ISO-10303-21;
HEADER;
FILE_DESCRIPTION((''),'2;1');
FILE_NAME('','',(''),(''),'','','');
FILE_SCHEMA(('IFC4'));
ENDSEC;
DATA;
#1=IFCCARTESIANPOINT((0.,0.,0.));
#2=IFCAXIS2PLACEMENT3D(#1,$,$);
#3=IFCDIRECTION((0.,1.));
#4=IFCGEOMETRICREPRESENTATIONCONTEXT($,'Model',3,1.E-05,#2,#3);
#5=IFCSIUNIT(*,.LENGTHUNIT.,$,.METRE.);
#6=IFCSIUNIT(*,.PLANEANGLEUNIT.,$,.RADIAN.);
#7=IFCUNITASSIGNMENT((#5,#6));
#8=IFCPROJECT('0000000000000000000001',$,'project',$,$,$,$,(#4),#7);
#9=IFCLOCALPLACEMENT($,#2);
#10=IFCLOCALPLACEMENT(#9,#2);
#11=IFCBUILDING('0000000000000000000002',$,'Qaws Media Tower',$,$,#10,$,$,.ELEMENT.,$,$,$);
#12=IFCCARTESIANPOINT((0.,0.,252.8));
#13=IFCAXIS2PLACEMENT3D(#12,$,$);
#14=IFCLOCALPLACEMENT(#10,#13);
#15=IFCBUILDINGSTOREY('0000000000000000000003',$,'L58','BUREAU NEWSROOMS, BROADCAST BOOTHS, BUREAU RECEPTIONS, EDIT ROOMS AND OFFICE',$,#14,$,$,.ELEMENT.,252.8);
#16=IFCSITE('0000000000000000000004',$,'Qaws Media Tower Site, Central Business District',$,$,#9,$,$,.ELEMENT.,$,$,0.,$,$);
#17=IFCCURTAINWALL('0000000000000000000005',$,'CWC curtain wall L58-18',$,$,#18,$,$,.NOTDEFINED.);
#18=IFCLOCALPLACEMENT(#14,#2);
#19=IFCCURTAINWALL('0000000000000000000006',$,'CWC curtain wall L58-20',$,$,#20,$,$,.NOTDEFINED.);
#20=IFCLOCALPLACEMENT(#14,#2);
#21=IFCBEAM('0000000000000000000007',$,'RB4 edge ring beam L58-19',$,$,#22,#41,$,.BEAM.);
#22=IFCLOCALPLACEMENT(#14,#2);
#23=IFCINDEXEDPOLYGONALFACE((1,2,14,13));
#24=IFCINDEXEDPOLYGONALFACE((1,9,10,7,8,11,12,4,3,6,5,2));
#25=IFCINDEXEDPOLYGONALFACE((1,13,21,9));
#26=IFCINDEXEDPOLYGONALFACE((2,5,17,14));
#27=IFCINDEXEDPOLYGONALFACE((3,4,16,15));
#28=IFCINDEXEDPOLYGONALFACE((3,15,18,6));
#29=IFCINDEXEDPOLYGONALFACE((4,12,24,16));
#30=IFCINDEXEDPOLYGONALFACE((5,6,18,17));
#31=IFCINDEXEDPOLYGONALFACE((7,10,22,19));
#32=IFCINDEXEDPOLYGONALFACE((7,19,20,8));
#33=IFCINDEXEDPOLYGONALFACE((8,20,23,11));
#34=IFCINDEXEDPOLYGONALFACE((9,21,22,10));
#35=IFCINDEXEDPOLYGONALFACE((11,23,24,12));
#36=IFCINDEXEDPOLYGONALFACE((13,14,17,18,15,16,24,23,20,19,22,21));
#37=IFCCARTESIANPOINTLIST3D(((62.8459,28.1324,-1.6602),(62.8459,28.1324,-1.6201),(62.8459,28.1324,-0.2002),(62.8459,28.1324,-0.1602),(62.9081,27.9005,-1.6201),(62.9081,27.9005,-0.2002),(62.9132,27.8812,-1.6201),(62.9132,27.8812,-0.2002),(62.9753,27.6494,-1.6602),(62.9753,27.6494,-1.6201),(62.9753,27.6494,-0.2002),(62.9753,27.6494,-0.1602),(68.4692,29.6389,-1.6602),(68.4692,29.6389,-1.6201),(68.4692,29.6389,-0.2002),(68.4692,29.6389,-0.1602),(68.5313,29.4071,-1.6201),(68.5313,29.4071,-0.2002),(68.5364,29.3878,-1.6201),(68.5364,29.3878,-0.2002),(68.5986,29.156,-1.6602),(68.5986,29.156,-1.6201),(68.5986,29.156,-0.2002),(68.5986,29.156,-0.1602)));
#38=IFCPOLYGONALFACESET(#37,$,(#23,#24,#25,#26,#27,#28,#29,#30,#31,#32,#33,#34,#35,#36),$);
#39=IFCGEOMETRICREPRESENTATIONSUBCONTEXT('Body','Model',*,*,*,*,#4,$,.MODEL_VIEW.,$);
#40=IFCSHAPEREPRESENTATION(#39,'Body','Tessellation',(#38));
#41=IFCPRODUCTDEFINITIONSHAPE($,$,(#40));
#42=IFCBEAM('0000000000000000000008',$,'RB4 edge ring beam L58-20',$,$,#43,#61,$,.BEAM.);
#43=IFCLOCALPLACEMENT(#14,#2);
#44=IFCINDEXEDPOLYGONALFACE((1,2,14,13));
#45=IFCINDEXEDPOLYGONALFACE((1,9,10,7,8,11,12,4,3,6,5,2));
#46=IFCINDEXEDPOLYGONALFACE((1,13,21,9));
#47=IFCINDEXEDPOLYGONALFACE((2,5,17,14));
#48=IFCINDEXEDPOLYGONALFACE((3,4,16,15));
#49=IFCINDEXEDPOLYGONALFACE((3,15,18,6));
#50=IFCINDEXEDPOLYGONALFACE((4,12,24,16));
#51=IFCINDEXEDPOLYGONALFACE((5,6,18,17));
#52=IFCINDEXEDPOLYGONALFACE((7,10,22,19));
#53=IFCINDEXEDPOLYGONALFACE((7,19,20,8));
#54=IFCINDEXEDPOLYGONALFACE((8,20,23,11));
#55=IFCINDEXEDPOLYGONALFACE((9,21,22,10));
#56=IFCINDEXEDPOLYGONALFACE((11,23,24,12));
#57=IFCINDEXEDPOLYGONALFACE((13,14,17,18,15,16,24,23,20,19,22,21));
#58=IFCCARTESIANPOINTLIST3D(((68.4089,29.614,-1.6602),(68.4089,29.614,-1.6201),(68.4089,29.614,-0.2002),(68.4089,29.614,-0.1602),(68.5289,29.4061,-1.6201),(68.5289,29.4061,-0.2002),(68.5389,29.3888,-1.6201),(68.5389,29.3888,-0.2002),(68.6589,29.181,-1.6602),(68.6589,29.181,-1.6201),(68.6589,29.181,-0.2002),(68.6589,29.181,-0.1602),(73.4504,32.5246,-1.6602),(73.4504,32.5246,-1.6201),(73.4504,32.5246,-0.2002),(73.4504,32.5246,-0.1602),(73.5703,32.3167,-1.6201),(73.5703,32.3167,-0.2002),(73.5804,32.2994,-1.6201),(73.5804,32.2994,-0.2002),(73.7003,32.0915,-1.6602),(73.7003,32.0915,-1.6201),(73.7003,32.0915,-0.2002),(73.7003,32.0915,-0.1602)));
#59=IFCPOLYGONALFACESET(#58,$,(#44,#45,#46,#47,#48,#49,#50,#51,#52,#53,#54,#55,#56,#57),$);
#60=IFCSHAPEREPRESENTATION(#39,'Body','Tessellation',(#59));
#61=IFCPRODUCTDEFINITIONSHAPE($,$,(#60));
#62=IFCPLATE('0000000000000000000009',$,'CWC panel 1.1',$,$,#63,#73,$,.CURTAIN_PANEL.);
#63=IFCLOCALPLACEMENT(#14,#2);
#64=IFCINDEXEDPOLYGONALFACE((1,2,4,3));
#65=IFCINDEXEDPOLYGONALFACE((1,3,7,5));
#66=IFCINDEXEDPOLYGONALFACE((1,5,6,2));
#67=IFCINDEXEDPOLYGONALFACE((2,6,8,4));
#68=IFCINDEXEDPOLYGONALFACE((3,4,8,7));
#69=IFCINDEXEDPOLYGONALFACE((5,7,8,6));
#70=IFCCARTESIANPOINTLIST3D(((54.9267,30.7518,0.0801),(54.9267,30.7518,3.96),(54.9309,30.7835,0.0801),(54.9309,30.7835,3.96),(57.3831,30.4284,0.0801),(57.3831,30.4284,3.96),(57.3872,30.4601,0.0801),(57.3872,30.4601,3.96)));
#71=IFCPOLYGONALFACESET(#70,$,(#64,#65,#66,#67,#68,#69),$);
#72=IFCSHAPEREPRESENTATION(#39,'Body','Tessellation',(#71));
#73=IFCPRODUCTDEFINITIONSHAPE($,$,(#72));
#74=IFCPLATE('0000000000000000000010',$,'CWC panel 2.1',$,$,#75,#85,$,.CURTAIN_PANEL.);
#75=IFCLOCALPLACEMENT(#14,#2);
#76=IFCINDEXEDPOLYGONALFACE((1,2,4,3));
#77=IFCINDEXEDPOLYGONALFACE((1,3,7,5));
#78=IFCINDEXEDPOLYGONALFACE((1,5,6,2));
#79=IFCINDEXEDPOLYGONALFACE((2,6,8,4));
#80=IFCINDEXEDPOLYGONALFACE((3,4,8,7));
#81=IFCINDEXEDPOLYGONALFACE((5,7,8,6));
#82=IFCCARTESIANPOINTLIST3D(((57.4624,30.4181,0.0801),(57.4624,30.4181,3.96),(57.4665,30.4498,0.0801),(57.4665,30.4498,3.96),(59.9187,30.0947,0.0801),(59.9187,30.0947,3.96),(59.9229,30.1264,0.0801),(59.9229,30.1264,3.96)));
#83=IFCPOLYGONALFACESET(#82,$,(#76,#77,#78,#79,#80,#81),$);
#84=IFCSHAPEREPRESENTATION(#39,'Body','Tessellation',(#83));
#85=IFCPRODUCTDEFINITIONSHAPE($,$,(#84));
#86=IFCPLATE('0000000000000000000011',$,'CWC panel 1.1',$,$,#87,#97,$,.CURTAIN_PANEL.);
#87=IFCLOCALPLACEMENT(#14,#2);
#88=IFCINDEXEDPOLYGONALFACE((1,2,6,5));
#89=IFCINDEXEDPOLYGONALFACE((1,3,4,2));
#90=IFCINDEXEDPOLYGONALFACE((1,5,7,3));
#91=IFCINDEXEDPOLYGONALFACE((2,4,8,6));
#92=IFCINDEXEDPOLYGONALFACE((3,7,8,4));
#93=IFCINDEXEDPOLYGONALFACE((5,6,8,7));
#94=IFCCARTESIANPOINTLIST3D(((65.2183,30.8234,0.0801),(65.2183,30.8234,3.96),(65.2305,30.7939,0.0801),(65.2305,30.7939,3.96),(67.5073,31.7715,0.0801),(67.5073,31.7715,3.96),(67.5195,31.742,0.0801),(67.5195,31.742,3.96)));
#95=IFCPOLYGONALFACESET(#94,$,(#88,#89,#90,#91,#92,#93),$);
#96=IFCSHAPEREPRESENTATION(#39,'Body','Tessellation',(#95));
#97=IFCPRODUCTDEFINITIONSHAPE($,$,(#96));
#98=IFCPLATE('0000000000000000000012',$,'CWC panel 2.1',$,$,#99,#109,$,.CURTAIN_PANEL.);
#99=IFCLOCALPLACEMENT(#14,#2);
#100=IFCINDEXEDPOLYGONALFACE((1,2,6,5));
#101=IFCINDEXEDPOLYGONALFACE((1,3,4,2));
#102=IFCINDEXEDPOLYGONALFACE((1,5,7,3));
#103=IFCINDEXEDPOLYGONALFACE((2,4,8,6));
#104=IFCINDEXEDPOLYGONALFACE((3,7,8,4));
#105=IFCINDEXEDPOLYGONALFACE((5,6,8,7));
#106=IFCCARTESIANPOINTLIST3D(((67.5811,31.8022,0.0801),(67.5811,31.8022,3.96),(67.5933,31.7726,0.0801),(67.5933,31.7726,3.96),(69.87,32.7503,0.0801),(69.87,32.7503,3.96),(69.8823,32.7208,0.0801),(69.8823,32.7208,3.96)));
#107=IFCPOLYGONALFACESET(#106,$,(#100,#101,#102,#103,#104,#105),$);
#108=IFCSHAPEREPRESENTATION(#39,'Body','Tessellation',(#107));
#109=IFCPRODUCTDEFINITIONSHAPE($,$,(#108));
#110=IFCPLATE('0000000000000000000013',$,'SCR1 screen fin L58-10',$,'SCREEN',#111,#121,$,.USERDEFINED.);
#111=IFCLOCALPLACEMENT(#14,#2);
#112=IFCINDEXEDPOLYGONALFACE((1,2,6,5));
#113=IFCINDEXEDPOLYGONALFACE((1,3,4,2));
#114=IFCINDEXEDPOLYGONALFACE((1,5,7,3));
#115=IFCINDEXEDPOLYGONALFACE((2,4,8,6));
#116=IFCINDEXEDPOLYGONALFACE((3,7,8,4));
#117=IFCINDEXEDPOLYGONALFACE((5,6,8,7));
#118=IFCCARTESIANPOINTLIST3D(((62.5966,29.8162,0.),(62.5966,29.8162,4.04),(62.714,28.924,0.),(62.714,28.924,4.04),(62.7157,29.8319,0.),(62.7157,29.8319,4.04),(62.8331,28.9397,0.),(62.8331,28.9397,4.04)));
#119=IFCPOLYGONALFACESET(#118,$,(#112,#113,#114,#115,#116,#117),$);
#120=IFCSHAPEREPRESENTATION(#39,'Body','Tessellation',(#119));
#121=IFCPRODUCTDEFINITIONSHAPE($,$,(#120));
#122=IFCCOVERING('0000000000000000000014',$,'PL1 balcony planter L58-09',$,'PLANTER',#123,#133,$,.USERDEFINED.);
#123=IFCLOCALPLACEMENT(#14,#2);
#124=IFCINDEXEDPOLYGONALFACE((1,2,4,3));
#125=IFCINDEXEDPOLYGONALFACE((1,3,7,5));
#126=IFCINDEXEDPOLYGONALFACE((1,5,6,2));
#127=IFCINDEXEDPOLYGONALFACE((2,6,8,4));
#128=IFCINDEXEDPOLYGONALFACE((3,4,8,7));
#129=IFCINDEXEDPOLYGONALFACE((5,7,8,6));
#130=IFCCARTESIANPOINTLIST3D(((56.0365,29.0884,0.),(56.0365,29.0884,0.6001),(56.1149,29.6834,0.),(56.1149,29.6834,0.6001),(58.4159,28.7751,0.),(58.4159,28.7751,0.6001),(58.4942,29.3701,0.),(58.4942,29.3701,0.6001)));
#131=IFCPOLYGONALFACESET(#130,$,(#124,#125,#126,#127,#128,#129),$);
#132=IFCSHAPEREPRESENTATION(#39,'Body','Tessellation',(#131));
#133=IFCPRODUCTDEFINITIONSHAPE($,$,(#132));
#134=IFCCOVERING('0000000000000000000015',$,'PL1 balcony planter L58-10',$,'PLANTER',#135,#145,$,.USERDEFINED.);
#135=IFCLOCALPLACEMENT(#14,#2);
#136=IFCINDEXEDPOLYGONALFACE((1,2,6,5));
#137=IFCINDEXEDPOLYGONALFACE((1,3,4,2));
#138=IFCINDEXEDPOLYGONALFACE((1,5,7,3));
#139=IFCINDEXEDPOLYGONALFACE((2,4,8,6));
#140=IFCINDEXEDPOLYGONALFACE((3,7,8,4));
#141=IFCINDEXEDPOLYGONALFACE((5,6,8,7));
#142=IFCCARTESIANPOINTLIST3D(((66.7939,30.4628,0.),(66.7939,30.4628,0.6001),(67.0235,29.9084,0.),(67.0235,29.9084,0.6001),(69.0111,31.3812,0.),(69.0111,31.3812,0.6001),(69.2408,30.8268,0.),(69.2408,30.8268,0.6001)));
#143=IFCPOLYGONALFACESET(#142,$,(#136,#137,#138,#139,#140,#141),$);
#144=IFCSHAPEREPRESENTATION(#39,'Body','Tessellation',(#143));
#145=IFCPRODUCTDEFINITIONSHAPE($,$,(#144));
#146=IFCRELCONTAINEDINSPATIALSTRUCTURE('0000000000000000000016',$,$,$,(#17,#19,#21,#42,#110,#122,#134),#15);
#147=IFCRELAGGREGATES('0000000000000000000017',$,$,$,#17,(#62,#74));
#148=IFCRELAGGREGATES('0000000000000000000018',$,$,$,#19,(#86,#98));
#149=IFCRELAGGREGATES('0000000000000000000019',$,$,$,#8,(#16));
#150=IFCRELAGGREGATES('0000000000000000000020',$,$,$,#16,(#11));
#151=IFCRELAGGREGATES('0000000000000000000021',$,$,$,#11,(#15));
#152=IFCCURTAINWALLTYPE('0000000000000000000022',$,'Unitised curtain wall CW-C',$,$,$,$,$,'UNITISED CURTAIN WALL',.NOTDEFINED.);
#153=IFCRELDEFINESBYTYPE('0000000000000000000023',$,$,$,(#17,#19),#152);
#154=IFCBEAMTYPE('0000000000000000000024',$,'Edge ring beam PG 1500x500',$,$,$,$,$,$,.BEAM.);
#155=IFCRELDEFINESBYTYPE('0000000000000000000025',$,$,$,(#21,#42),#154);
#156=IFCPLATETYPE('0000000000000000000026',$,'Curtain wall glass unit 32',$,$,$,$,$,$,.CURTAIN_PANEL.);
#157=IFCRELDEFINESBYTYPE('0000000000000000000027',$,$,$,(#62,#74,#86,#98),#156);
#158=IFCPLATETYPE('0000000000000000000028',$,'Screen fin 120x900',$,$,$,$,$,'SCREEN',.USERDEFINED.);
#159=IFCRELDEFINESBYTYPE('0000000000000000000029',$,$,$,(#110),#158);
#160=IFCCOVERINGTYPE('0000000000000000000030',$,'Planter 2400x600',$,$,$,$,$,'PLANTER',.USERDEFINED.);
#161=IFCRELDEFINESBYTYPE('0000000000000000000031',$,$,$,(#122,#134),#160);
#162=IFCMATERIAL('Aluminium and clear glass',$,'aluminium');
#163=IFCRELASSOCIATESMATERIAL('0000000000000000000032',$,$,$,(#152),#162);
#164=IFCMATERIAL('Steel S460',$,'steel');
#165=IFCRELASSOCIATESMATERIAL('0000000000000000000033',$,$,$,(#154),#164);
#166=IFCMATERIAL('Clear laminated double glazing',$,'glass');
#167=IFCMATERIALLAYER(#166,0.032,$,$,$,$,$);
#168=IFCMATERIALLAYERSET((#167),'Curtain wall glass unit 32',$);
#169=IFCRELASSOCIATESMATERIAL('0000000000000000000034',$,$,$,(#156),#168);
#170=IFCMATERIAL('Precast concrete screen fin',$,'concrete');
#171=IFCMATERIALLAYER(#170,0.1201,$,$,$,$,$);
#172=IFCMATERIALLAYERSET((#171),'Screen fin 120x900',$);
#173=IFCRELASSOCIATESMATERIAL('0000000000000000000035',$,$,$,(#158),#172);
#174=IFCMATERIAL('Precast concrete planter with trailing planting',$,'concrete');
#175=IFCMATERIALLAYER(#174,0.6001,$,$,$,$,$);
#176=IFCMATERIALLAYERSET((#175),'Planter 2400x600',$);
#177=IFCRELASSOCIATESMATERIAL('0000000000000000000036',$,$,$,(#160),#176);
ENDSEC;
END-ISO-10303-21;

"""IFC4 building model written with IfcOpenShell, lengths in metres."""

from ifc_helpers import new_model, si_unit, direction, frame, origin, origin_2d, place, context, subcontext, project, spatial, rectangle, i_section, extrude, material, layer, layer_set, material_profile, profile_set, type_object, element, aggregate, save


model = new_model("IFC4")

# Units and contexts
model_context = context("Model", 3, precision=1e-05, world=origin(), true_north=direction((0.0, 1.0)))
body_context = subcontext(model_context, "Body", "Model", "MODEL_VIEW")
ifc_project = project(units=[si_unit("LENGTHUNIT", "METRE"), si_unit("PLANEANGLEUNIT", "RADIAN")], contexts=[model_context])

# Site, building, storey
site_placement = place(None, origin())
site = spatial("IfcSite", under=ifc_project, at=site_placement, Name="Qaws Media Tower Site, Central Business District", CompositionType="ELEMENT", RefElevation=0.0)
building_placement = place(site_placement, origin())
building = spatial("IfcBuilding", under=site, at=building_placement, Name="Qaws Media Tower", CompositionType="ELEMENT")
storey_placement = place(building_placement, frame((0.0, 0.0, 252.8)))
storey = spatial("IfcBuildingStorey", under=building, at=storey_placement, Name="L58", Description="BUREAU NEWSROOMS, BROADCAST BOOTHS, BUREAU RECEPTIONS, EDIT ROOMS AND OFFICE", CompositionType="ELEMENT", Elevation=252.8)

# Curtain walls
ifc_material_1 = material(Name="Aluminium and clear glass", Category="aluminium")
curtain_wall_type = type_object("IfcCurtainWallType", Name="Unitised curtain wall CW-C", ElementType="UNITISED CURTAIN WALL", PredefinedType="NOTDEFINED", material=ifc_material_1)
curtain_wall_1_placement = place(storey_placement, origin())
curtain_wall_1 = element("IfcCurtainWall", 1, at=curtain_wall_1_placement, inside=storey, type_object=curtain_wall_type, Name="CWC curtain wall L58-18", PredefinedType="NOTDEFINED")
curtain_wall_2_placement = place(storey_placement, origin())
curtain_wall_2 = element("IfcCurtainWall", 2, at=curtain_wall_2_placement, inside=storey, type_object=curtain_wall_type, Name="CWC curtain wall L58-20", PredefinedType="NOTDEFINED")

# Beams
ifc_material_2 = material(Name="Steel S460", Category="steel")
ifc_material_profile_1 = material_profile(ifc_material_2, i_section(OverallWidth=0.5, OverallDepth=1.5, WebThickness=0.02, FlangeThickness=0.04, at=origin_2d()), Name="PG 1500x500")
ifc_profile_set_1 = profile_set([ifc_material_profile_1], Name="Steel S460")
beam_type = type_object("IfcBeamType", Name="Edge ring beam PG 1500x500", PredefinedType="BEAM", material=ifc_profile_set_1)
beam_1_placement = place(storey_placement, frame((62.9106, 27.8909, -0.9102), z_axis=(0.965933, 0.258793, 0.0), x_axis=(-0.258793, 0.965933, 0.0)))
element("IfcBeam", 3, at=beam_1_placement, inside=storey, type_object=beam_type, Name="RB4 edge ring beam L58-19", PredefinedType="BEAM", context=body_context, shape_type="SweptSolid", body=[
    extrude(i_section(OverallWidth=0.5, OverallDepth=1.5, WebThickness=0.02, FlangeThickness=0.04, at=origin_2d()), origin(), (0.0, 0.0, 1.0), 5.8215),
])
beam_2_placement = place(storey_placement, frame((68.5339, 29.3975, -0.9102), z_axis=(0.866031, 0.499991, 0.0), x_axis=(-0.499991, 0.866031, 0.0)))
element("IfcBeam", 4, at=beam_2_placement, inside=storey, type_object=beam_type, Name="RB4 edge ring beam L58-20", PredefinedType="BEAM", context=body_context, shape_type="SweptSolid", body=[
    extrude(i_section(OverallWidth=0.5, OverallDepth=1.5, WebThickness=0.02, FlangeThickness=0.04, at=origin_2d()), origin(), (0.0, 0.0, 1.0), 5.8213),
])

# Plates
ifc_material_3 = material(Name="Clear laminated double glazing", Category="glass")
ifc_layer_1 = layer(ifc_material_3, 0.032)
ifc_layer_set_1 = layer_set([ifc_layer_1], Name="Curtain wall glass unit 32")
plate_type_1 = type_object("IfcPlateType", Name="Curtain wall glass unit 32", PredefinedType="CURTAIN_PANEL", material=ifc_layer_set_1)
plate_1_placement = place(storey_placement, frame((56.157, 30.606, 0.0801), z_axis=(0.0, 0.0, 1.0), x_axis=(0.991445, -0.130526, 0.0)))
plate_1 = element("IfcPlate", 5, at=plate_1_placement, type_object=plate_type_1, Name="CWC panel 1.1", PredefinedType="CURTAIN_PANEL", context=body_context, shape_type="SweptSolid", body=[
    extrude(rectangle(XDim=2.4775, YDim=0.032, at=origin_2d()), origin(), (0.0, 0.0, 1.0), 3.8799),
])
plate_2_placement = place(storey_placement, frame((58.6926, 30.2722, 0.0801), z_axis=(0.0, 0.0, 1.0), x_axis=(0.991445, -0.130526, 0.0)))
plate_2 = element("IfcPlate", 6, at=plate_2_placement, type_object=plate_type_1, Name="CWC panel 2.1", PredefinedType="CURTAIN_PANEL", context=body_context, shape_type="SweptSolid", body=[
    extrude(rectangle(XDim=2.4775, YDim=0.032, at=origin_2d()), origin(), (0.0, 0.0, 1.0), 3.8799),
])
aggregate(curtain_wall_1, [plate_1, plate_2])
plate_3_placement = place(storey_placement, frame((66.3689, 31.2827, 0.0801), z_axis=(0.0, 0.0, 1.0), x_axis=(0.92388, 0.382683, 0.0)))
plate_3 = element("IfcPlate", 7, at=plate_3_placement, type_object=plate_type_1, Name="CWC panel 1.1", PredefinedType="CURTAIN_PANEL", context=body_context, shape_type="SweptSolid", body=[
    extrude(rectangle(XDim=2.4775, YDim=0.032, at=origin_2d()), origin(), (0.0, 0.0, 1.0), 3.8799),
])
plate_4_placement = place(storey_placement, frame((68.7317, 32.2615, 0.0801), z_axis=(0.0, 0.0, 1.0), x_axis=(0.92388, 0.382683, 0.0)))
plate_4 = element("IfcPlate", 8, at=plate_4_placement, type_object=plate_type_1, Name="CWC panel 2.1", PredefinedType="CURTAIN_PANEL", context=body_context, shape_type="SweptSolid", body=[
    extrude(rectangle(XDim=2.4775, YDim=0.032, at=origin_2d()), origin(), (0.0, 0.0, 1.0), 3.8799),
])
aggregate(curtain_wall_2, [plate_3, plate_4])
ifc_material_4 = material(Name="Precast concrete screen fin", Category="concrete")
ifc_layer_2 = layer(ifc_material_4, 0.1201)
ifc_layer_set_2 = layer_set([ifc_layer_2], Name="Screen fin 120x900")
plate_type_2 = type_object("IfcPlateType", Name="Screen fin 120x900", ElementType="SCREEN", PredefinedType="USERDEFINED", material=ifc_layer_set_2)
plate_5_placement = place(storey_placement, frame((62.7148, 29.3779, 0.0), z_axis=(0.0, 0.0, 1.0), x_axis=(0.130526, -0.991445, 0.0)))
element("IfcPlate", 9, at=plate_5_placement, inside=storey, type_object=plate_type_2, Name="SCR1 screen fin L58-10", ObjectType="SCREEN", PredefinedType="USERDEFINED", context=body_context, shape_type="SweptSolid", body=[
    extrude(rectangle(XDim=0.8999, YDim=0.1201, at=origin_2d()), origin(), (0.0, 0.0, 1.0), 4.04),
])

# Coverings
ifc_material_5 = material(Name="Precast concrete planter with trailing planting", Category="concrete")
ifc_layer_3 = layer(ifc_material_5, 0.6001)
ifc_layer_set_3 = layer_set([ifc_layer_3], Name="Planter 2400x600")
covering_type = type_object("IfcCoveringType", Name="Planter 2400x600", ElementType="PLANTER", PredefinedType="USERDEFINED", material=ifc_layer_set_3)
for number, where, z_axis, x_axis, name in (
    (10, (57.2654, 29.2292, 0.0), (0.0, 0.0, 1.0), (0.991445, -0.130526, 0.0), "PL1 balcony planter L58-09"),
    (11, (68.0173, 30.6448, 0.0), (0.0, 0.0, 1.0), (0.92388, 0.382683, 0.0), "PL1 balcony planter L58-10"),
):
    element("IfcCovering", number, at=place(storey_placement, frame(where, z_axis=z_axis, x_axis=x_axis)), inside=storey, type_object=covering_type, Name=name, ObjectType="PLANTER", PredefinedType="USERDEFINED", context=body_context, shape_type="SweptSolid", body=[
        extrude(rectangle(XDim=2.3999, YDim=0.6001, at=origin_2d()), origin(), (0.0, 0.0, 1.0), 0.6001),
    ])

save(model, "model.ifc")
